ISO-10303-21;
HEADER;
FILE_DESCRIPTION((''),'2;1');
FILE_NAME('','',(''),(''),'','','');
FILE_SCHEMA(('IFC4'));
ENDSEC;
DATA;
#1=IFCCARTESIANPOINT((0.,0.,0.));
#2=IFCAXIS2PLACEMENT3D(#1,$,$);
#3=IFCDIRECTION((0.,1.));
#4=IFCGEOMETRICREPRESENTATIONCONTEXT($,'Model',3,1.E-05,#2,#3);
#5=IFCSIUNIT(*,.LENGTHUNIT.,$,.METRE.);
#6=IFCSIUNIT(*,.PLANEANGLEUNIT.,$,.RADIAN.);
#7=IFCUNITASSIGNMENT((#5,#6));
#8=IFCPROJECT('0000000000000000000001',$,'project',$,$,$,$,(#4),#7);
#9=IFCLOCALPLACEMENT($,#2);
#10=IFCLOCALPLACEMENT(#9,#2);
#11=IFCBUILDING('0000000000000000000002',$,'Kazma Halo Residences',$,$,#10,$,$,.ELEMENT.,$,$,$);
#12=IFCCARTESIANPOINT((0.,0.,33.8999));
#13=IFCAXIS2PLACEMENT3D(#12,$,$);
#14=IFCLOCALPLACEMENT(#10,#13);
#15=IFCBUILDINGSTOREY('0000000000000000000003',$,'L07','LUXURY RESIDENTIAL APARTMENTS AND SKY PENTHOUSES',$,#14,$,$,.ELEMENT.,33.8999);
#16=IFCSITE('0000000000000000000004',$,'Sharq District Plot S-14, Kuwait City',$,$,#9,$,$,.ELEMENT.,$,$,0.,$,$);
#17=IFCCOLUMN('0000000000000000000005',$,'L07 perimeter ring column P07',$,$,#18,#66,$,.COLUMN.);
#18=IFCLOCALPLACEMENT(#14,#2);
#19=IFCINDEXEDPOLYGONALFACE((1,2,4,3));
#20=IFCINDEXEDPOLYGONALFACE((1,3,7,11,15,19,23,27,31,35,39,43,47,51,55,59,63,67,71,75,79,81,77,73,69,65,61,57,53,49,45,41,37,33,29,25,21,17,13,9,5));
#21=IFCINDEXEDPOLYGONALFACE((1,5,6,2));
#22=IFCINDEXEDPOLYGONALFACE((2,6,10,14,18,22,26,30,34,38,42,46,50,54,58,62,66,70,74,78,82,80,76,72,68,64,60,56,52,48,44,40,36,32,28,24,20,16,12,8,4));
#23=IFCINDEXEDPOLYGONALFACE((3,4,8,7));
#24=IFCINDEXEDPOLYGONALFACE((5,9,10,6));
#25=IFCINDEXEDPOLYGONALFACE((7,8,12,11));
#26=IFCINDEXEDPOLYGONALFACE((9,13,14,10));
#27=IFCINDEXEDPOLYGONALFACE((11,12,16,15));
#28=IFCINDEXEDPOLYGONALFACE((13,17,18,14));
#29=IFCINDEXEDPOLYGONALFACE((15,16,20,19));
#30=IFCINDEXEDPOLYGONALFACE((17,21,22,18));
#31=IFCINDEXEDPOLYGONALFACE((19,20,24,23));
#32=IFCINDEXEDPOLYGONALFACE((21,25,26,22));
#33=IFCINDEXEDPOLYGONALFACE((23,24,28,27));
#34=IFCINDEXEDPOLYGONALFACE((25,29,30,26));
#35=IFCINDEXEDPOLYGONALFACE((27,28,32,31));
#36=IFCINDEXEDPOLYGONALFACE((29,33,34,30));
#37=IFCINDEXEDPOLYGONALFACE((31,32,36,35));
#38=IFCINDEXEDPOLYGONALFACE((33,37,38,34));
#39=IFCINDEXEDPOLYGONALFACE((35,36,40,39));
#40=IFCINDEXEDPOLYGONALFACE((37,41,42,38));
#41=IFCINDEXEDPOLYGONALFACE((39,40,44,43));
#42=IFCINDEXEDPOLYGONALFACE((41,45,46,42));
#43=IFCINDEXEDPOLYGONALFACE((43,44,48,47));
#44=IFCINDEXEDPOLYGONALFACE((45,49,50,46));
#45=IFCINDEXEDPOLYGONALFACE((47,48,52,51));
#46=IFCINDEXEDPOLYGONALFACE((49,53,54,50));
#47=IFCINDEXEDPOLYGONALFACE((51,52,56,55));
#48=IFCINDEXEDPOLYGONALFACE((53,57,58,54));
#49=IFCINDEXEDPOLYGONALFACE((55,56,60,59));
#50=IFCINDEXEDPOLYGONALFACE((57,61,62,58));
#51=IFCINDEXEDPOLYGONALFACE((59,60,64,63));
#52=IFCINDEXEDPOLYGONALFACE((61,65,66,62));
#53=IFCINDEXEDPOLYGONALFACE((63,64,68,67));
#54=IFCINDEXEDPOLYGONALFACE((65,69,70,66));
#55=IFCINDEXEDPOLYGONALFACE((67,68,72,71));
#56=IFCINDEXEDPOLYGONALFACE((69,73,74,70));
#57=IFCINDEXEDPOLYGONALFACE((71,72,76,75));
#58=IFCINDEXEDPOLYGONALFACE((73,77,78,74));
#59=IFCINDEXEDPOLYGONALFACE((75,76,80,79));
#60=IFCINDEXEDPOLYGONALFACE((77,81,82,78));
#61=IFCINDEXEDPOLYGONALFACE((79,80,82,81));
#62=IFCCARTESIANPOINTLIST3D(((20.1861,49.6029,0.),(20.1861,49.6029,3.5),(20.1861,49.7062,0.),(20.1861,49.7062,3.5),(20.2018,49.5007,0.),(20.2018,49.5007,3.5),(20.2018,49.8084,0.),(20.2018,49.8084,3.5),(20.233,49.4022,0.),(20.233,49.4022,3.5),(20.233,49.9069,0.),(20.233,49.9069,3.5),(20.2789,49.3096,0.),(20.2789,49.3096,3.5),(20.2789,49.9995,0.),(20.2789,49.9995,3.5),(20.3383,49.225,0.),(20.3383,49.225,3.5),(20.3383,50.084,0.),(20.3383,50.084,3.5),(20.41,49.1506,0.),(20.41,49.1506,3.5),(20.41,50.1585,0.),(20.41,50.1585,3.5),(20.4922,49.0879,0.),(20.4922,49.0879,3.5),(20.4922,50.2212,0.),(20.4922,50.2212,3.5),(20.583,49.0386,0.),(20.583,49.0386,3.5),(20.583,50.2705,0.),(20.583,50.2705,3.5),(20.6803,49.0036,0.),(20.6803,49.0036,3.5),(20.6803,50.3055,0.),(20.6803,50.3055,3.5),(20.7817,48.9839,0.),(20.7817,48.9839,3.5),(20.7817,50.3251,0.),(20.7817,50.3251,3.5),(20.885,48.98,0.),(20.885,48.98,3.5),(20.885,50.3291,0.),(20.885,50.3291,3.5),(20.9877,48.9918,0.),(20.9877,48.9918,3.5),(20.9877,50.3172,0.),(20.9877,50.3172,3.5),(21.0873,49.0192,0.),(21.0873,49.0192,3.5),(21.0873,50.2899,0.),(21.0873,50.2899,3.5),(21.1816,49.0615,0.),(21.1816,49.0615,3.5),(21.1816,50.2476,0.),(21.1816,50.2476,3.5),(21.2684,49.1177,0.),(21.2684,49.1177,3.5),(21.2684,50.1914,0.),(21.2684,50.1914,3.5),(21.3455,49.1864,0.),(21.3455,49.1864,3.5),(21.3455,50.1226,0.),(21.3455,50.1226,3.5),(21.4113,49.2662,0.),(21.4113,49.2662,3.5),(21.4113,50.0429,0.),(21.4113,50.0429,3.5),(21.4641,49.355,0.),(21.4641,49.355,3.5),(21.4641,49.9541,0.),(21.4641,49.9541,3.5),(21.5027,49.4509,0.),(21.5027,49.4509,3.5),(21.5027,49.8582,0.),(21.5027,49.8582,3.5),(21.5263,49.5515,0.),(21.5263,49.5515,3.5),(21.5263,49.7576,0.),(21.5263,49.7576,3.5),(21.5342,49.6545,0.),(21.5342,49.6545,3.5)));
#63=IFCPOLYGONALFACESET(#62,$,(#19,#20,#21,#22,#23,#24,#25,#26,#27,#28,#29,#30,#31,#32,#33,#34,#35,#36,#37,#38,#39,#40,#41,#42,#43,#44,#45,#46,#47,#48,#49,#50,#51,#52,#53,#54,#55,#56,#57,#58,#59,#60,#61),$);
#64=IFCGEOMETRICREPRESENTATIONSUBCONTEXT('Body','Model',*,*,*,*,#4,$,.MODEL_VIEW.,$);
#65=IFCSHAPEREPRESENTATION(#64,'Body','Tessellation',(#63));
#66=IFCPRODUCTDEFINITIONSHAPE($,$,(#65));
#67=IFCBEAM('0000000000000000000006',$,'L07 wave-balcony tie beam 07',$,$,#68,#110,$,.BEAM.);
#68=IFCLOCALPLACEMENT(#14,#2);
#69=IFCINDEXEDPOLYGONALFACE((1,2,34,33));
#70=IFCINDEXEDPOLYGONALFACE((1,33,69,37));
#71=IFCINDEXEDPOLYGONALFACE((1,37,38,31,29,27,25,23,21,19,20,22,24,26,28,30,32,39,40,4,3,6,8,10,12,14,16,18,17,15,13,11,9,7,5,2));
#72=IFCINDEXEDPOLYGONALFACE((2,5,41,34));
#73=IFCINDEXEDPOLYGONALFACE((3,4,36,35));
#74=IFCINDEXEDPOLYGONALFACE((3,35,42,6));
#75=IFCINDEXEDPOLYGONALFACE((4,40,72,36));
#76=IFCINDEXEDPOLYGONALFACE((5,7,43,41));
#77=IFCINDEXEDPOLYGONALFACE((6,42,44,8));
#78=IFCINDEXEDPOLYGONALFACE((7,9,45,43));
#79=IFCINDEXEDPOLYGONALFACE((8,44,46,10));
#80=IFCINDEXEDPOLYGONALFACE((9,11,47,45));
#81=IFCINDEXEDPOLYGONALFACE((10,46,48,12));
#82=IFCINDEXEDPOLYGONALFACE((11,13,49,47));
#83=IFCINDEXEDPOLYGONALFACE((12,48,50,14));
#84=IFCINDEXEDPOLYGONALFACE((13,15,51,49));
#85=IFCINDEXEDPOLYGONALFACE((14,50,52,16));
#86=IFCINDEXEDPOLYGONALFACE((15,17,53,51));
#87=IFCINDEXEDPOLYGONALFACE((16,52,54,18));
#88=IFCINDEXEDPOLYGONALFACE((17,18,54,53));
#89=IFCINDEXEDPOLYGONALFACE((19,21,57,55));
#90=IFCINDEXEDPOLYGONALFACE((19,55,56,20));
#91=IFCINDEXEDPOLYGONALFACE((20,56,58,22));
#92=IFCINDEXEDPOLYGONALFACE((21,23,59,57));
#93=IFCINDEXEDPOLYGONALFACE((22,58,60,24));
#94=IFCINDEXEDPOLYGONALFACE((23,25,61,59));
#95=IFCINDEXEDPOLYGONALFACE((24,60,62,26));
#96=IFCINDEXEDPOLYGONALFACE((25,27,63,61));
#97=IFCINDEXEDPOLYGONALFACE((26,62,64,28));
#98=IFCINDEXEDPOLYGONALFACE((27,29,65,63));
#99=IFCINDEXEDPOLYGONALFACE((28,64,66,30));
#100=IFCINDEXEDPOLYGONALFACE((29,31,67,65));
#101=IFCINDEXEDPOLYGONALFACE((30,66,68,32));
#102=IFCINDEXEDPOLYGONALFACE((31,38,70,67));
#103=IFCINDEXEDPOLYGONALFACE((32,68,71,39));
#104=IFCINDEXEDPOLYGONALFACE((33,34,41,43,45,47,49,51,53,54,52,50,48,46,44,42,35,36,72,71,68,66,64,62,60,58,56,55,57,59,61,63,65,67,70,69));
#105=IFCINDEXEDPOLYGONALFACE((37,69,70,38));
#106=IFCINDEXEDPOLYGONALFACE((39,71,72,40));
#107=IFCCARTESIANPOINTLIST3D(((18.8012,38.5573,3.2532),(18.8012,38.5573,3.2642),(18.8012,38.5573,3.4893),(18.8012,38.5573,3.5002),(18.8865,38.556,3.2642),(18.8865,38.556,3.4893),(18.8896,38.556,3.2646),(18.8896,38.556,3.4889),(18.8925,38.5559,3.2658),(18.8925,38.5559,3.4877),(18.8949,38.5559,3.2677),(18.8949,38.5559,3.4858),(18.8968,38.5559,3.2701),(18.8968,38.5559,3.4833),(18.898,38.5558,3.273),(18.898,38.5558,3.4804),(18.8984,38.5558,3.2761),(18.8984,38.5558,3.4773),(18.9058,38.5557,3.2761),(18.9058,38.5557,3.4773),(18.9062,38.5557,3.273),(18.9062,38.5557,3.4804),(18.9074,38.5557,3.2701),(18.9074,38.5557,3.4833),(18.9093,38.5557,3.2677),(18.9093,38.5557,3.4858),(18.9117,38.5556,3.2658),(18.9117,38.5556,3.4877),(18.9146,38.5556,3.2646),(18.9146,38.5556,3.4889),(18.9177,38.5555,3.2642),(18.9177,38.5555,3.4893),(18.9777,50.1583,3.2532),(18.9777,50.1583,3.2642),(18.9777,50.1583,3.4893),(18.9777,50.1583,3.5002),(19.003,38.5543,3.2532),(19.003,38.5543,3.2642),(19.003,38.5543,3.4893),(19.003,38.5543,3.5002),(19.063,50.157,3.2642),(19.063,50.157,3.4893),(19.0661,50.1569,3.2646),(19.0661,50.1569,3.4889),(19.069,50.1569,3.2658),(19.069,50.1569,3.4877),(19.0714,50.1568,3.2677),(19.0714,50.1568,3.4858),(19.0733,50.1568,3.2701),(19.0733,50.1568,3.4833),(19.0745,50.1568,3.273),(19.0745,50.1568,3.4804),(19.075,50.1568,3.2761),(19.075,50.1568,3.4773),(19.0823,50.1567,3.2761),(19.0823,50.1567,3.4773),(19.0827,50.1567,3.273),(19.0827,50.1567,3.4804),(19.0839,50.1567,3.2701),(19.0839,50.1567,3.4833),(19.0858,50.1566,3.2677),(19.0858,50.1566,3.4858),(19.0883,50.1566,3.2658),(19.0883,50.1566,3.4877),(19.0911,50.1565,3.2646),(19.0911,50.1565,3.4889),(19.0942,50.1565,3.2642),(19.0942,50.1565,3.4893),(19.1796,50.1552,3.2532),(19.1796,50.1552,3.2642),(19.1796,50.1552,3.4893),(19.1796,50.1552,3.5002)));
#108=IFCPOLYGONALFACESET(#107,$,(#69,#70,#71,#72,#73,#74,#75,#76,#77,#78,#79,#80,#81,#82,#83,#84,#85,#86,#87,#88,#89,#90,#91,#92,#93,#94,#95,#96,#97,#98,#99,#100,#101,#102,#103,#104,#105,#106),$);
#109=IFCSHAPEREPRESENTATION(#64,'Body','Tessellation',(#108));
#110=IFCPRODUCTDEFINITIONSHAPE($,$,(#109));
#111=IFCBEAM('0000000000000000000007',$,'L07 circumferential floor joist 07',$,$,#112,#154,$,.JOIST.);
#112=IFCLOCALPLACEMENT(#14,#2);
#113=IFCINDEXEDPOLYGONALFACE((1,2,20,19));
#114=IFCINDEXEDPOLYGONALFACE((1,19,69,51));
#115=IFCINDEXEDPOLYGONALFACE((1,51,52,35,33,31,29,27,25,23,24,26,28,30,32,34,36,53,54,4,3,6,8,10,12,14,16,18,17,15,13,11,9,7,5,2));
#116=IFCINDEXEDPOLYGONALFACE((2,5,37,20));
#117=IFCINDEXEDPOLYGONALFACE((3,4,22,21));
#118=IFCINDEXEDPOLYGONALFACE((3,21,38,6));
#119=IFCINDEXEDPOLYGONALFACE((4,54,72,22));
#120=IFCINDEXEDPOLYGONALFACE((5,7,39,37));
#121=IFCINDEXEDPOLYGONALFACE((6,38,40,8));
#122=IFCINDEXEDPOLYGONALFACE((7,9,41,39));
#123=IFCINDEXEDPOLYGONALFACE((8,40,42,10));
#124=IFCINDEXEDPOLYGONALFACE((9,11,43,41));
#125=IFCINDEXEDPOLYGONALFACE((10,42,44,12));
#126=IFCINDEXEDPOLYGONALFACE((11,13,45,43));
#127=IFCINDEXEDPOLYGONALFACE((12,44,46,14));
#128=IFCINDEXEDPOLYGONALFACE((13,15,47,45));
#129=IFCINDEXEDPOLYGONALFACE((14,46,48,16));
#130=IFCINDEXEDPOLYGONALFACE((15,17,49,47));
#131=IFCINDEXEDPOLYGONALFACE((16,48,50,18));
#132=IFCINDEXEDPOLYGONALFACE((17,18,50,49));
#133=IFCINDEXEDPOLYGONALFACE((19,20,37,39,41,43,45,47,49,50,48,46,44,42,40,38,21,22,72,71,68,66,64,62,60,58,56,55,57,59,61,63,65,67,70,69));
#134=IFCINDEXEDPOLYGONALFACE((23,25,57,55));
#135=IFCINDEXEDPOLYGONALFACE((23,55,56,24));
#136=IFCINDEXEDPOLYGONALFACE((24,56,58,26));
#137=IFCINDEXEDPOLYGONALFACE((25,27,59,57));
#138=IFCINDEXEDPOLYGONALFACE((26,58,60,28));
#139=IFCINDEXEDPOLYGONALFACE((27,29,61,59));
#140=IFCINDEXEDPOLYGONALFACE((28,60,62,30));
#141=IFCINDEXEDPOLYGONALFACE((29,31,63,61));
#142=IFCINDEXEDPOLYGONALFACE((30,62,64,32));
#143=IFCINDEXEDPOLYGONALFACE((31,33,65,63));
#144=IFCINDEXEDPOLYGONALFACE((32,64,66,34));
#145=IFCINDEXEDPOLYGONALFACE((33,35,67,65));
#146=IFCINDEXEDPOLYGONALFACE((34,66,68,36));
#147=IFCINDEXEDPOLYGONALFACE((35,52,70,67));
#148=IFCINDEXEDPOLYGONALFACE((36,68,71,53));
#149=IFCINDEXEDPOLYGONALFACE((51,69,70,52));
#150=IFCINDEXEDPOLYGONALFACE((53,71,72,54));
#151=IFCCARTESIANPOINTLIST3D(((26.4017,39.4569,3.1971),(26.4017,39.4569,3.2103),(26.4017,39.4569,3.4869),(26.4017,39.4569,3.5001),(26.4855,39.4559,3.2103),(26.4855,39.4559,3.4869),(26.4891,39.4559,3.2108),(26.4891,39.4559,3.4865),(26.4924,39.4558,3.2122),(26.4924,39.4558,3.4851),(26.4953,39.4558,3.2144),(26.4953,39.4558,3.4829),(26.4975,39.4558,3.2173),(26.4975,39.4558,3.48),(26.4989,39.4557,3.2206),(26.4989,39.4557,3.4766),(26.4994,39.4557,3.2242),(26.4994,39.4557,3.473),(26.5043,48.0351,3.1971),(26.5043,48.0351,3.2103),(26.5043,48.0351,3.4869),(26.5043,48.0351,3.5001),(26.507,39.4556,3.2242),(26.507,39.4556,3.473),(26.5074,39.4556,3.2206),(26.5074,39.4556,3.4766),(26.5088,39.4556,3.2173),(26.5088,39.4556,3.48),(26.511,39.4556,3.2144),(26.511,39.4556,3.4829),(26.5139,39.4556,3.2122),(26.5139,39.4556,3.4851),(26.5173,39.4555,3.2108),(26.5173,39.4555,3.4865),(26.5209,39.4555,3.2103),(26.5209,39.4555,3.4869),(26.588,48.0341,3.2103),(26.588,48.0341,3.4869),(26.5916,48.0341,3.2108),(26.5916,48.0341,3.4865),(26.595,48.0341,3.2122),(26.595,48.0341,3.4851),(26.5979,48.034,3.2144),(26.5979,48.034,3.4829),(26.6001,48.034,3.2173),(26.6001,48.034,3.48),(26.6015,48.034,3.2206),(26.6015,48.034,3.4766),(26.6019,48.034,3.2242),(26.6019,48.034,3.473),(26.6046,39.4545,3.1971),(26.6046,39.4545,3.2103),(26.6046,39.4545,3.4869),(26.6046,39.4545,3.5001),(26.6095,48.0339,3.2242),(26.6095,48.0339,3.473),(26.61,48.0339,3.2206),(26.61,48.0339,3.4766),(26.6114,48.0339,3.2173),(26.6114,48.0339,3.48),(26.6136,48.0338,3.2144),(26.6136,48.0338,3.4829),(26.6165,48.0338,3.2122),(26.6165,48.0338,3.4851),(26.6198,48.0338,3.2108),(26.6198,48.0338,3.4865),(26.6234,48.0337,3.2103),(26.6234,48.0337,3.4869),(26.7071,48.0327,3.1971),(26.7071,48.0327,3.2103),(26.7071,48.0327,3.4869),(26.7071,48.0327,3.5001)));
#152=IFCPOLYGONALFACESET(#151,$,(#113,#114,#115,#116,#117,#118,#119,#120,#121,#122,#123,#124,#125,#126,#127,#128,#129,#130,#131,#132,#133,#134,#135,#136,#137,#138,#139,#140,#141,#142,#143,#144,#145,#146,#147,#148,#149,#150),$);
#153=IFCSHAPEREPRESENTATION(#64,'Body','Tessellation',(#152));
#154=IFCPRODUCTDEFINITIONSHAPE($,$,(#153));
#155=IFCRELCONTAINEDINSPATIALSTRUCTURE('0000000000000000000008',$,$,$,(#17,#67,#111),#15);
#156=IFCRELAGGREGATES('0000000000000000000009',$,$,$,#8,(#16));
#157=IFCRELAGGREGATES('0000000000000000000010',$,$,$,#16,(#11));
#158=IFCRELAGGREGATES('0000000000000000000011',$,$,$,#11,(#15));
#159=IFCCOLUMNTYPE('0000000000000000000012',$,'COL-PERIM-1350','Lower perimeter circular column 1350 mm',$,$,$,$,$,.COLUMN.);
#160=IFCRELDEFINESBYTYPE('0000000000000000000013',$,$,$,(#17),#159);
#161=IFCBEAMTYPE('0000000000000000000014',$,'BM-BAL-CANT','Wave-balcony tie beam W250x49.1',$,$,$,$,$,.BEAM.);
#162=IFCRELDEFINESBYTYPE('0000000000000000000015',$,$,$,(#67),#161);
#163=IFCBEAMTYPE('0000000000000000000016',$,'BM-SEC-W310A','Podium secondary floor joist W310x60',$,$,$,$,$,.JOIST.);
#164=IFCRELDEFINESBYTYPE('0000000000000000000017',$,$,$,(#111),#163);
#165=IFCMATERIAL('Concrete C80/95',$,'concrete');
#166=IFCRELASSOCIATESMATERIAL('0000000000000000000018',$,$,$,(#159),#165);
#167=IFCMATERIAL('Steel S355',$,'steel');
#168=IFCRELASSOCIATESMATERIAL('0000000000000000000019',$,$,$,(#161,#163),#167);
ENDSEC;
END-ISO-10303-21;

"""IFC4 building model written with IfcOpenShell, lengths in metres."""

from ifc_helpers import new_model, si_unit, direction, frame, origin, origin_2d, place, context, subcontext, project, spatial, circle, i_section, extrude, material, material_profile, profile_set, type_object, element, save


model = new_model("IFC4")

# Units and contexts
model_context = context("Model", 3, precision=1e-05, world=origin(), true_north=direction((0.0, 1.0)))
body_context = subcontext(model_context, "Body", "Model", "MODEL_VIEW")
ifc_project = project(units=[si_unit("LENGTHUNIT", "METRE"), si_unit("PLANEANGLEUNIT", "RADIAN")], contexts=[model_context])

# Site, building, storey
site_placement = place(None, origin())
site = spatial("IfcSite", under=ifc_project, at=site_placement, Name="Sharq District Plot S-14, Kuwait City", CompositionType="ELEMENT", RefElevation=0.0)
building_placement = place(site_placement, origin())
building = spatial("IfcBuilding", under=site, at=building_placement, Name="Kazma Halo Residences", CompositionType="ELEMENT")
storey_placement = place(building_placement, frame((0.0, 0.0, 33.8999)))
storey = spatial("IfcBuildingStorey", under=building, at=storey_placement, Name="L07", Description="LUXURY RESIDENTIAL APARTMENTS AND SKY PENTHOUSES", CompositionType="ELEMENT", Elevation=33.8999)

# Column
ifc_material_1 = material(Name="Concrete C80/95", Category="concrete")
ifc_material_profile_1 = material_profile(ifc_material_1, circle(Radius=0.675, at=origin_2d()), Name="CIRC1350")
ifc_profile_set_1 = profile_set([ifc_material_profile_1], Name="Concrete C80/95")
column_type = type_object("IfcColumnType", Name="COL-PERIM-1350", Description="Lower perimeter circular column 1350 mm", PredefinedType="COLUMN", material=ifc_profile_set_1)
column_placement = place(storey_placement, frame((20.8591, 49.6545, 0.0), z_axis=(0.0, 0.0, 1.0), x_axis=(1.0, 0.0, 0.0)))
element("IfcColumn", 1, at=column_placement, inside=storey, type_object=column_type, Name="L07 perimeter ring column P07", PredefinedType="COLUMN", context=body_context, shape_type="SweptSolid", body=[
    extrude(circle(Radius=0.675, at=origin_2d()), origin(), (0.0, 0.0, 1.0), 3.5),
])

# Beams
ifc_material_2 = material(Name="Steel S355", Category="steel")
ifc_material_profile_2 = material_profile(ifc_material_2, i_section(OverallWidth=0.2019, OverallDepth=0.2471, WebThickness=0.0073, FlangeThickness=0.011, FilletRadius=0.012, at=origin_2d()), Name="W250x49.1")
ifc_profile_set_2 = profile_set([ifc_material_profile_2], Name="Steel S355")
beam_type_1 = type_object("IfcBeamType", Name="BM-BAL-CANT", Description="Wave-balcony tie beam W250x49.1", PredefinedType="BEAM", material=ifc_profile_set_2)
beam_1_placement = place(storey_placement, frame((19.0786, 50.1567, 3.3767), z_axis=(-0.015214, -0.999884, 0.0), x_axis=(0.999884, -0.015214, 0.0)))
element("IfcBeam", 2, at=beam_1_placement, inside=storey, type_object=beam_type_1, Name="L07 wave-balcony tie beam 07", PredefinedType="BEAM", context=body_context, shape_type="SweptSolid", body=[
    extrude(i_section(OverallWidth=0.2019, OverallDepth=0.2471, WebThickness=0.0073, FlangeThickness=0.011, FilletRadius=0.012, at=origin_2d()), origin(), (0.0, 0.0, 1.0), 11.6023),
])
ifc_material_profile_3 = material_profile(ifc_material_2, i_section(OverallWidth=0.2029, OverallDepth=0.303, WebThickness=0.0076, FlangeThickness=0.0132, FilletRadius=0.0139, at=origin_2d()), Name="W310x60")
ifc_profile_set_3 = profile_set([ifc_material_profile_3], Name="Steel S355")
beam_type_2 = type_object("IfcBeamType", Name="BM-SEC-W310A", Description="Podium secondary floor joist W310x60", PredefinedType="JOIST", material=ifc_profile_set_3)
beam_2_placement = place(storey_placement, frame((26.6057, 48.0339, 3.3486), z_axis=(-0.011953, -0.999929, 0.0), x_axis=(0.999929, -0.011953, 0.0)))
element("IfcBeam", 3, at=beam_2_placement, inside=storey, type_object=beam_type_2, Name="L07 circumferential floor joist 07", PredefinedType="JOIST", context=body_context, shape_type="SweptSolid", body=[
    extrude(i_section(OverallWidth=0.2029, OverallDepth=0.303, WebThickness=0.0076, FlangeThickness=0.0132, FilletRadius=0.0139, at=origin_2d()), origin(), (0.0, 0.0, 1.0), 8.5789),
])

save(model, "model.ifc")
